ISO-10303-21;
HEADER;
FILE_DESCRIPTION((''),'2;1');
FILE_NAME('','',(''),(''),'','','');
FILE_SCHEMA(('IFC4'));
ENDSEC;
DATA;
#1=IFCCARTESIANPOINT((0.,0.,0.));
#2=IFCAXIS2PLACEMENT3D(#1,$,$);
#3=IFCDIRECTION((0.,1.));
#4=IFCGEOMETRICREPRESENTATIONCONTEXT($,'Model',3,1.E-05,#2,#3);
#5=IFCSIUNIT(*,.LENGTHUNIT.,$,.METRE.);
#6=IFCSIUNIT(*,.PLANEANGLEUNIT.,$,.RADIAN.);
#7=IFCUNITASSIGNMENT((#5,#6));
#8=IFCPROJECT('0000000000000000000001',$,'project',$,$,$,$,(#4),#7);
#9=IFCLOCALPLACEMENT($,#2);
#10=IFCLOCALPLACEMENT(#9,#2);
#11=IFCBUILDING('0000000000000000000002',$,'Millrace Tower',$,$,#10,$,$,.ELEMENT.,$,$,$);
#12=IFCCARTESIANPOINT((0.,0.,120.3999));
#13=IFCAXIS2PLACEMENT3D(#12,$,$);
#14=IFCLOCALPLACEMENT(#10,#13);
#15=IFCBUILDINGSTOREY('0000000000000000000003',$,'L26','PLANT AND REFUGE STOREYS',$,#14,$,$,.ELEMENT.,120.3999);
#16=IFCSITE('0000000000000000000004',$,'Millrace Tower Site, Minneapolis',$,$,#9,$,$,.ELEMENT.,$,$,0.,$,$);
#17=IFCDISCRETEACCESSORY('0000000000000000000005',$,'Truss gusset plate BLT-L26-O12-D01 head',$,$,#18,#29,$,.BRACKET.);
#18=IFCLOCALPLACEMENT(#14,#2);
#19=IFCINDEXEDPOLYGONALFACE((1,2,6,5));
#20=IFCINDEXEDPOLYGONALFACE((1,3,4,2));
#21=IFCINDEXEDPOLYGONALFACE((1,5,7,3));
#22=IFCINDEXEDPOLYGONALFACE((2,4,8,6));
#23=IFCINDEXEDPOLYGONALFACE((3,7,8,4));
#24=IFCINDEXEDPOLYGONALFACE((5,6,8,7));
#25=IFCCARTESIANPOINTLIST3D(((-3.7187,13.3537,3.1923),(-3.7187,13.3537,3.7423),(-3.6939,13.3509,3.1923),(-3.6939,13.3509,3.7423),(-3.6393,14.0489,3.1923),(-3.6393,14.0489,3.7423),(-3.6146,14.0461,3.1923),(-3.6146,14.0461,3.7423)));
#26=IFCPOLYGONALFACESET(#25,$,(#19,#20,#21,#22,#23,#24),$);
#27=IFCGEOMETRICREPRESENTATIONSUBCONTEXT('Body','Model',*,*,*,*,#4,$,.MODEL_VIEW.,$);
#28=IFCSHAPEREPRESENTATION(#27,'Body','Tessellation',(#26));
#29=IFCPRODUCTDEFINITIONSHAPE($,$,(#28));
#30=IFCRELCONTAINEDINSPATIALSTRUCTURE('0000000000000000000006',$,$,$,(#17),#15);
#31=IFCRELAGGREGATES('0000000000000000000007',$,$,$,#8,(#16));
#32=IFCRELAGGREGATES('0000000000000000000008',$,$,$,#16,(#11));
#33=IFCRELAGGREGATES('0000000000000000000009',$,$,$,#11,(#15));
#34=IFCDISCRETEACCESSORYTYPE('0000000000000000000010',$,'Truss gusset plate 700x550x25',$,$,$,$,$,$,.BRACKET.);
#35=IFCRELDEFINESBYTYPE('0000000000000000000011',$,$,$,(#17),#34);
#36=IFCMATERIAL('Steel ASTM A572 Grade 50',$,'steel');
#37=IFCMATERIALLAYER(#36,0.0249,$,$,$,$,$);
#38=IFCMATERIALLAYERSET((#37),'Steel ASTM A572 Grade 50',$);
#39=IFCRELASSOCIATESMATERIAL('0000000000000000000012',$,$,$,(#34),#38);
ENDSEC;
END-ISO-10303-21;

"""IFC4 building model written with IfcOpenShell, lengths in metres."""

from ifc_helpers import new_model, si_unit, direction, frame, origin, origin_2d, place, context, subcontext, project, spatial, rectangle, extrude, material, layer, layer_set, type_object, element, save


model = new_model("IFC4")

# Units and contexts
model_context = context("Model", 3, precision=1e-05, world=origin(), true_north=direction((0.0, 1.0)))
body_context = subcontext(model_context, "Body", "Model", "MODEL_VIEW")
ifc_project = project(units=[si_unit("LENGTHUNIT", "METRE"), si_unit("PLANEANGLEUNIT", "RADIAN")], contexts=[model_context])

# Site, building, storey
site_placement = place(None, origin())
site = spatial("IfcSite", under=ifc_project, at=site_placement, Name="Millrace Tower Site, Minneapolis", CompositionType="ELEMENT", RefElevation=0.0)
building_placement = place(site_placement, origin())
building = spatial("IfcBuilding", under=site, at=building_placement, Name="Millrace Tower", CompositionType="ELEMENT")
storey_placement = place(building_placement, frame((0.0, 0.0, 120.3999)))
storey = spatial("IfcBuildingStorey", under=building, at=storey_placement, Name="L26", Description="PLANT AND REFUGE STOREYS", CompositionType="ELEMENT", Elevation=120.3999)

# Discrete accessory
ifc_material_1 = material(Name="Steel ASTM A572 Grade 50", Category="steel")
ifc_layer_1 = layer(ifc_material_1, 0.0249)
ifc_layer_set_1 = layer_set([ifc_layer_1], Name="Steel ASTM A572 Grade 50")
discrete_accessory_type_1 = type_object("IfcDiscreteAccessoryType", Name="Truss gusset plate 700x550x25", PredefinedType="BRACKET", material=ifc_layer_set_1)
discrete_accessory_1_placement = place(storey_placement, frame((-3.7063, 13.3523, 3.4673), z_axis=(0.113379, 0.993552, 0.0), x_axis=(-0.993552, 0.113379, 0.0)))
element("IfcDiscreteAccessory", 1, at=discrete_accessory_1_placement, inside=storey, type_object=discrete_accessory_type_1, Name="Truss gusset plate BLT-L26-O12-D01 head", PredefinedType="BRACKET", context=body_context, shape_type="SweptSolid", body=[
    extrude(rectangle(XDim=0.0249, YDim=0.55, at=origin_2d()), origin(), (0.0, 0.0, 1.0), 0.6997),
])

save(model, "model.ifc")
